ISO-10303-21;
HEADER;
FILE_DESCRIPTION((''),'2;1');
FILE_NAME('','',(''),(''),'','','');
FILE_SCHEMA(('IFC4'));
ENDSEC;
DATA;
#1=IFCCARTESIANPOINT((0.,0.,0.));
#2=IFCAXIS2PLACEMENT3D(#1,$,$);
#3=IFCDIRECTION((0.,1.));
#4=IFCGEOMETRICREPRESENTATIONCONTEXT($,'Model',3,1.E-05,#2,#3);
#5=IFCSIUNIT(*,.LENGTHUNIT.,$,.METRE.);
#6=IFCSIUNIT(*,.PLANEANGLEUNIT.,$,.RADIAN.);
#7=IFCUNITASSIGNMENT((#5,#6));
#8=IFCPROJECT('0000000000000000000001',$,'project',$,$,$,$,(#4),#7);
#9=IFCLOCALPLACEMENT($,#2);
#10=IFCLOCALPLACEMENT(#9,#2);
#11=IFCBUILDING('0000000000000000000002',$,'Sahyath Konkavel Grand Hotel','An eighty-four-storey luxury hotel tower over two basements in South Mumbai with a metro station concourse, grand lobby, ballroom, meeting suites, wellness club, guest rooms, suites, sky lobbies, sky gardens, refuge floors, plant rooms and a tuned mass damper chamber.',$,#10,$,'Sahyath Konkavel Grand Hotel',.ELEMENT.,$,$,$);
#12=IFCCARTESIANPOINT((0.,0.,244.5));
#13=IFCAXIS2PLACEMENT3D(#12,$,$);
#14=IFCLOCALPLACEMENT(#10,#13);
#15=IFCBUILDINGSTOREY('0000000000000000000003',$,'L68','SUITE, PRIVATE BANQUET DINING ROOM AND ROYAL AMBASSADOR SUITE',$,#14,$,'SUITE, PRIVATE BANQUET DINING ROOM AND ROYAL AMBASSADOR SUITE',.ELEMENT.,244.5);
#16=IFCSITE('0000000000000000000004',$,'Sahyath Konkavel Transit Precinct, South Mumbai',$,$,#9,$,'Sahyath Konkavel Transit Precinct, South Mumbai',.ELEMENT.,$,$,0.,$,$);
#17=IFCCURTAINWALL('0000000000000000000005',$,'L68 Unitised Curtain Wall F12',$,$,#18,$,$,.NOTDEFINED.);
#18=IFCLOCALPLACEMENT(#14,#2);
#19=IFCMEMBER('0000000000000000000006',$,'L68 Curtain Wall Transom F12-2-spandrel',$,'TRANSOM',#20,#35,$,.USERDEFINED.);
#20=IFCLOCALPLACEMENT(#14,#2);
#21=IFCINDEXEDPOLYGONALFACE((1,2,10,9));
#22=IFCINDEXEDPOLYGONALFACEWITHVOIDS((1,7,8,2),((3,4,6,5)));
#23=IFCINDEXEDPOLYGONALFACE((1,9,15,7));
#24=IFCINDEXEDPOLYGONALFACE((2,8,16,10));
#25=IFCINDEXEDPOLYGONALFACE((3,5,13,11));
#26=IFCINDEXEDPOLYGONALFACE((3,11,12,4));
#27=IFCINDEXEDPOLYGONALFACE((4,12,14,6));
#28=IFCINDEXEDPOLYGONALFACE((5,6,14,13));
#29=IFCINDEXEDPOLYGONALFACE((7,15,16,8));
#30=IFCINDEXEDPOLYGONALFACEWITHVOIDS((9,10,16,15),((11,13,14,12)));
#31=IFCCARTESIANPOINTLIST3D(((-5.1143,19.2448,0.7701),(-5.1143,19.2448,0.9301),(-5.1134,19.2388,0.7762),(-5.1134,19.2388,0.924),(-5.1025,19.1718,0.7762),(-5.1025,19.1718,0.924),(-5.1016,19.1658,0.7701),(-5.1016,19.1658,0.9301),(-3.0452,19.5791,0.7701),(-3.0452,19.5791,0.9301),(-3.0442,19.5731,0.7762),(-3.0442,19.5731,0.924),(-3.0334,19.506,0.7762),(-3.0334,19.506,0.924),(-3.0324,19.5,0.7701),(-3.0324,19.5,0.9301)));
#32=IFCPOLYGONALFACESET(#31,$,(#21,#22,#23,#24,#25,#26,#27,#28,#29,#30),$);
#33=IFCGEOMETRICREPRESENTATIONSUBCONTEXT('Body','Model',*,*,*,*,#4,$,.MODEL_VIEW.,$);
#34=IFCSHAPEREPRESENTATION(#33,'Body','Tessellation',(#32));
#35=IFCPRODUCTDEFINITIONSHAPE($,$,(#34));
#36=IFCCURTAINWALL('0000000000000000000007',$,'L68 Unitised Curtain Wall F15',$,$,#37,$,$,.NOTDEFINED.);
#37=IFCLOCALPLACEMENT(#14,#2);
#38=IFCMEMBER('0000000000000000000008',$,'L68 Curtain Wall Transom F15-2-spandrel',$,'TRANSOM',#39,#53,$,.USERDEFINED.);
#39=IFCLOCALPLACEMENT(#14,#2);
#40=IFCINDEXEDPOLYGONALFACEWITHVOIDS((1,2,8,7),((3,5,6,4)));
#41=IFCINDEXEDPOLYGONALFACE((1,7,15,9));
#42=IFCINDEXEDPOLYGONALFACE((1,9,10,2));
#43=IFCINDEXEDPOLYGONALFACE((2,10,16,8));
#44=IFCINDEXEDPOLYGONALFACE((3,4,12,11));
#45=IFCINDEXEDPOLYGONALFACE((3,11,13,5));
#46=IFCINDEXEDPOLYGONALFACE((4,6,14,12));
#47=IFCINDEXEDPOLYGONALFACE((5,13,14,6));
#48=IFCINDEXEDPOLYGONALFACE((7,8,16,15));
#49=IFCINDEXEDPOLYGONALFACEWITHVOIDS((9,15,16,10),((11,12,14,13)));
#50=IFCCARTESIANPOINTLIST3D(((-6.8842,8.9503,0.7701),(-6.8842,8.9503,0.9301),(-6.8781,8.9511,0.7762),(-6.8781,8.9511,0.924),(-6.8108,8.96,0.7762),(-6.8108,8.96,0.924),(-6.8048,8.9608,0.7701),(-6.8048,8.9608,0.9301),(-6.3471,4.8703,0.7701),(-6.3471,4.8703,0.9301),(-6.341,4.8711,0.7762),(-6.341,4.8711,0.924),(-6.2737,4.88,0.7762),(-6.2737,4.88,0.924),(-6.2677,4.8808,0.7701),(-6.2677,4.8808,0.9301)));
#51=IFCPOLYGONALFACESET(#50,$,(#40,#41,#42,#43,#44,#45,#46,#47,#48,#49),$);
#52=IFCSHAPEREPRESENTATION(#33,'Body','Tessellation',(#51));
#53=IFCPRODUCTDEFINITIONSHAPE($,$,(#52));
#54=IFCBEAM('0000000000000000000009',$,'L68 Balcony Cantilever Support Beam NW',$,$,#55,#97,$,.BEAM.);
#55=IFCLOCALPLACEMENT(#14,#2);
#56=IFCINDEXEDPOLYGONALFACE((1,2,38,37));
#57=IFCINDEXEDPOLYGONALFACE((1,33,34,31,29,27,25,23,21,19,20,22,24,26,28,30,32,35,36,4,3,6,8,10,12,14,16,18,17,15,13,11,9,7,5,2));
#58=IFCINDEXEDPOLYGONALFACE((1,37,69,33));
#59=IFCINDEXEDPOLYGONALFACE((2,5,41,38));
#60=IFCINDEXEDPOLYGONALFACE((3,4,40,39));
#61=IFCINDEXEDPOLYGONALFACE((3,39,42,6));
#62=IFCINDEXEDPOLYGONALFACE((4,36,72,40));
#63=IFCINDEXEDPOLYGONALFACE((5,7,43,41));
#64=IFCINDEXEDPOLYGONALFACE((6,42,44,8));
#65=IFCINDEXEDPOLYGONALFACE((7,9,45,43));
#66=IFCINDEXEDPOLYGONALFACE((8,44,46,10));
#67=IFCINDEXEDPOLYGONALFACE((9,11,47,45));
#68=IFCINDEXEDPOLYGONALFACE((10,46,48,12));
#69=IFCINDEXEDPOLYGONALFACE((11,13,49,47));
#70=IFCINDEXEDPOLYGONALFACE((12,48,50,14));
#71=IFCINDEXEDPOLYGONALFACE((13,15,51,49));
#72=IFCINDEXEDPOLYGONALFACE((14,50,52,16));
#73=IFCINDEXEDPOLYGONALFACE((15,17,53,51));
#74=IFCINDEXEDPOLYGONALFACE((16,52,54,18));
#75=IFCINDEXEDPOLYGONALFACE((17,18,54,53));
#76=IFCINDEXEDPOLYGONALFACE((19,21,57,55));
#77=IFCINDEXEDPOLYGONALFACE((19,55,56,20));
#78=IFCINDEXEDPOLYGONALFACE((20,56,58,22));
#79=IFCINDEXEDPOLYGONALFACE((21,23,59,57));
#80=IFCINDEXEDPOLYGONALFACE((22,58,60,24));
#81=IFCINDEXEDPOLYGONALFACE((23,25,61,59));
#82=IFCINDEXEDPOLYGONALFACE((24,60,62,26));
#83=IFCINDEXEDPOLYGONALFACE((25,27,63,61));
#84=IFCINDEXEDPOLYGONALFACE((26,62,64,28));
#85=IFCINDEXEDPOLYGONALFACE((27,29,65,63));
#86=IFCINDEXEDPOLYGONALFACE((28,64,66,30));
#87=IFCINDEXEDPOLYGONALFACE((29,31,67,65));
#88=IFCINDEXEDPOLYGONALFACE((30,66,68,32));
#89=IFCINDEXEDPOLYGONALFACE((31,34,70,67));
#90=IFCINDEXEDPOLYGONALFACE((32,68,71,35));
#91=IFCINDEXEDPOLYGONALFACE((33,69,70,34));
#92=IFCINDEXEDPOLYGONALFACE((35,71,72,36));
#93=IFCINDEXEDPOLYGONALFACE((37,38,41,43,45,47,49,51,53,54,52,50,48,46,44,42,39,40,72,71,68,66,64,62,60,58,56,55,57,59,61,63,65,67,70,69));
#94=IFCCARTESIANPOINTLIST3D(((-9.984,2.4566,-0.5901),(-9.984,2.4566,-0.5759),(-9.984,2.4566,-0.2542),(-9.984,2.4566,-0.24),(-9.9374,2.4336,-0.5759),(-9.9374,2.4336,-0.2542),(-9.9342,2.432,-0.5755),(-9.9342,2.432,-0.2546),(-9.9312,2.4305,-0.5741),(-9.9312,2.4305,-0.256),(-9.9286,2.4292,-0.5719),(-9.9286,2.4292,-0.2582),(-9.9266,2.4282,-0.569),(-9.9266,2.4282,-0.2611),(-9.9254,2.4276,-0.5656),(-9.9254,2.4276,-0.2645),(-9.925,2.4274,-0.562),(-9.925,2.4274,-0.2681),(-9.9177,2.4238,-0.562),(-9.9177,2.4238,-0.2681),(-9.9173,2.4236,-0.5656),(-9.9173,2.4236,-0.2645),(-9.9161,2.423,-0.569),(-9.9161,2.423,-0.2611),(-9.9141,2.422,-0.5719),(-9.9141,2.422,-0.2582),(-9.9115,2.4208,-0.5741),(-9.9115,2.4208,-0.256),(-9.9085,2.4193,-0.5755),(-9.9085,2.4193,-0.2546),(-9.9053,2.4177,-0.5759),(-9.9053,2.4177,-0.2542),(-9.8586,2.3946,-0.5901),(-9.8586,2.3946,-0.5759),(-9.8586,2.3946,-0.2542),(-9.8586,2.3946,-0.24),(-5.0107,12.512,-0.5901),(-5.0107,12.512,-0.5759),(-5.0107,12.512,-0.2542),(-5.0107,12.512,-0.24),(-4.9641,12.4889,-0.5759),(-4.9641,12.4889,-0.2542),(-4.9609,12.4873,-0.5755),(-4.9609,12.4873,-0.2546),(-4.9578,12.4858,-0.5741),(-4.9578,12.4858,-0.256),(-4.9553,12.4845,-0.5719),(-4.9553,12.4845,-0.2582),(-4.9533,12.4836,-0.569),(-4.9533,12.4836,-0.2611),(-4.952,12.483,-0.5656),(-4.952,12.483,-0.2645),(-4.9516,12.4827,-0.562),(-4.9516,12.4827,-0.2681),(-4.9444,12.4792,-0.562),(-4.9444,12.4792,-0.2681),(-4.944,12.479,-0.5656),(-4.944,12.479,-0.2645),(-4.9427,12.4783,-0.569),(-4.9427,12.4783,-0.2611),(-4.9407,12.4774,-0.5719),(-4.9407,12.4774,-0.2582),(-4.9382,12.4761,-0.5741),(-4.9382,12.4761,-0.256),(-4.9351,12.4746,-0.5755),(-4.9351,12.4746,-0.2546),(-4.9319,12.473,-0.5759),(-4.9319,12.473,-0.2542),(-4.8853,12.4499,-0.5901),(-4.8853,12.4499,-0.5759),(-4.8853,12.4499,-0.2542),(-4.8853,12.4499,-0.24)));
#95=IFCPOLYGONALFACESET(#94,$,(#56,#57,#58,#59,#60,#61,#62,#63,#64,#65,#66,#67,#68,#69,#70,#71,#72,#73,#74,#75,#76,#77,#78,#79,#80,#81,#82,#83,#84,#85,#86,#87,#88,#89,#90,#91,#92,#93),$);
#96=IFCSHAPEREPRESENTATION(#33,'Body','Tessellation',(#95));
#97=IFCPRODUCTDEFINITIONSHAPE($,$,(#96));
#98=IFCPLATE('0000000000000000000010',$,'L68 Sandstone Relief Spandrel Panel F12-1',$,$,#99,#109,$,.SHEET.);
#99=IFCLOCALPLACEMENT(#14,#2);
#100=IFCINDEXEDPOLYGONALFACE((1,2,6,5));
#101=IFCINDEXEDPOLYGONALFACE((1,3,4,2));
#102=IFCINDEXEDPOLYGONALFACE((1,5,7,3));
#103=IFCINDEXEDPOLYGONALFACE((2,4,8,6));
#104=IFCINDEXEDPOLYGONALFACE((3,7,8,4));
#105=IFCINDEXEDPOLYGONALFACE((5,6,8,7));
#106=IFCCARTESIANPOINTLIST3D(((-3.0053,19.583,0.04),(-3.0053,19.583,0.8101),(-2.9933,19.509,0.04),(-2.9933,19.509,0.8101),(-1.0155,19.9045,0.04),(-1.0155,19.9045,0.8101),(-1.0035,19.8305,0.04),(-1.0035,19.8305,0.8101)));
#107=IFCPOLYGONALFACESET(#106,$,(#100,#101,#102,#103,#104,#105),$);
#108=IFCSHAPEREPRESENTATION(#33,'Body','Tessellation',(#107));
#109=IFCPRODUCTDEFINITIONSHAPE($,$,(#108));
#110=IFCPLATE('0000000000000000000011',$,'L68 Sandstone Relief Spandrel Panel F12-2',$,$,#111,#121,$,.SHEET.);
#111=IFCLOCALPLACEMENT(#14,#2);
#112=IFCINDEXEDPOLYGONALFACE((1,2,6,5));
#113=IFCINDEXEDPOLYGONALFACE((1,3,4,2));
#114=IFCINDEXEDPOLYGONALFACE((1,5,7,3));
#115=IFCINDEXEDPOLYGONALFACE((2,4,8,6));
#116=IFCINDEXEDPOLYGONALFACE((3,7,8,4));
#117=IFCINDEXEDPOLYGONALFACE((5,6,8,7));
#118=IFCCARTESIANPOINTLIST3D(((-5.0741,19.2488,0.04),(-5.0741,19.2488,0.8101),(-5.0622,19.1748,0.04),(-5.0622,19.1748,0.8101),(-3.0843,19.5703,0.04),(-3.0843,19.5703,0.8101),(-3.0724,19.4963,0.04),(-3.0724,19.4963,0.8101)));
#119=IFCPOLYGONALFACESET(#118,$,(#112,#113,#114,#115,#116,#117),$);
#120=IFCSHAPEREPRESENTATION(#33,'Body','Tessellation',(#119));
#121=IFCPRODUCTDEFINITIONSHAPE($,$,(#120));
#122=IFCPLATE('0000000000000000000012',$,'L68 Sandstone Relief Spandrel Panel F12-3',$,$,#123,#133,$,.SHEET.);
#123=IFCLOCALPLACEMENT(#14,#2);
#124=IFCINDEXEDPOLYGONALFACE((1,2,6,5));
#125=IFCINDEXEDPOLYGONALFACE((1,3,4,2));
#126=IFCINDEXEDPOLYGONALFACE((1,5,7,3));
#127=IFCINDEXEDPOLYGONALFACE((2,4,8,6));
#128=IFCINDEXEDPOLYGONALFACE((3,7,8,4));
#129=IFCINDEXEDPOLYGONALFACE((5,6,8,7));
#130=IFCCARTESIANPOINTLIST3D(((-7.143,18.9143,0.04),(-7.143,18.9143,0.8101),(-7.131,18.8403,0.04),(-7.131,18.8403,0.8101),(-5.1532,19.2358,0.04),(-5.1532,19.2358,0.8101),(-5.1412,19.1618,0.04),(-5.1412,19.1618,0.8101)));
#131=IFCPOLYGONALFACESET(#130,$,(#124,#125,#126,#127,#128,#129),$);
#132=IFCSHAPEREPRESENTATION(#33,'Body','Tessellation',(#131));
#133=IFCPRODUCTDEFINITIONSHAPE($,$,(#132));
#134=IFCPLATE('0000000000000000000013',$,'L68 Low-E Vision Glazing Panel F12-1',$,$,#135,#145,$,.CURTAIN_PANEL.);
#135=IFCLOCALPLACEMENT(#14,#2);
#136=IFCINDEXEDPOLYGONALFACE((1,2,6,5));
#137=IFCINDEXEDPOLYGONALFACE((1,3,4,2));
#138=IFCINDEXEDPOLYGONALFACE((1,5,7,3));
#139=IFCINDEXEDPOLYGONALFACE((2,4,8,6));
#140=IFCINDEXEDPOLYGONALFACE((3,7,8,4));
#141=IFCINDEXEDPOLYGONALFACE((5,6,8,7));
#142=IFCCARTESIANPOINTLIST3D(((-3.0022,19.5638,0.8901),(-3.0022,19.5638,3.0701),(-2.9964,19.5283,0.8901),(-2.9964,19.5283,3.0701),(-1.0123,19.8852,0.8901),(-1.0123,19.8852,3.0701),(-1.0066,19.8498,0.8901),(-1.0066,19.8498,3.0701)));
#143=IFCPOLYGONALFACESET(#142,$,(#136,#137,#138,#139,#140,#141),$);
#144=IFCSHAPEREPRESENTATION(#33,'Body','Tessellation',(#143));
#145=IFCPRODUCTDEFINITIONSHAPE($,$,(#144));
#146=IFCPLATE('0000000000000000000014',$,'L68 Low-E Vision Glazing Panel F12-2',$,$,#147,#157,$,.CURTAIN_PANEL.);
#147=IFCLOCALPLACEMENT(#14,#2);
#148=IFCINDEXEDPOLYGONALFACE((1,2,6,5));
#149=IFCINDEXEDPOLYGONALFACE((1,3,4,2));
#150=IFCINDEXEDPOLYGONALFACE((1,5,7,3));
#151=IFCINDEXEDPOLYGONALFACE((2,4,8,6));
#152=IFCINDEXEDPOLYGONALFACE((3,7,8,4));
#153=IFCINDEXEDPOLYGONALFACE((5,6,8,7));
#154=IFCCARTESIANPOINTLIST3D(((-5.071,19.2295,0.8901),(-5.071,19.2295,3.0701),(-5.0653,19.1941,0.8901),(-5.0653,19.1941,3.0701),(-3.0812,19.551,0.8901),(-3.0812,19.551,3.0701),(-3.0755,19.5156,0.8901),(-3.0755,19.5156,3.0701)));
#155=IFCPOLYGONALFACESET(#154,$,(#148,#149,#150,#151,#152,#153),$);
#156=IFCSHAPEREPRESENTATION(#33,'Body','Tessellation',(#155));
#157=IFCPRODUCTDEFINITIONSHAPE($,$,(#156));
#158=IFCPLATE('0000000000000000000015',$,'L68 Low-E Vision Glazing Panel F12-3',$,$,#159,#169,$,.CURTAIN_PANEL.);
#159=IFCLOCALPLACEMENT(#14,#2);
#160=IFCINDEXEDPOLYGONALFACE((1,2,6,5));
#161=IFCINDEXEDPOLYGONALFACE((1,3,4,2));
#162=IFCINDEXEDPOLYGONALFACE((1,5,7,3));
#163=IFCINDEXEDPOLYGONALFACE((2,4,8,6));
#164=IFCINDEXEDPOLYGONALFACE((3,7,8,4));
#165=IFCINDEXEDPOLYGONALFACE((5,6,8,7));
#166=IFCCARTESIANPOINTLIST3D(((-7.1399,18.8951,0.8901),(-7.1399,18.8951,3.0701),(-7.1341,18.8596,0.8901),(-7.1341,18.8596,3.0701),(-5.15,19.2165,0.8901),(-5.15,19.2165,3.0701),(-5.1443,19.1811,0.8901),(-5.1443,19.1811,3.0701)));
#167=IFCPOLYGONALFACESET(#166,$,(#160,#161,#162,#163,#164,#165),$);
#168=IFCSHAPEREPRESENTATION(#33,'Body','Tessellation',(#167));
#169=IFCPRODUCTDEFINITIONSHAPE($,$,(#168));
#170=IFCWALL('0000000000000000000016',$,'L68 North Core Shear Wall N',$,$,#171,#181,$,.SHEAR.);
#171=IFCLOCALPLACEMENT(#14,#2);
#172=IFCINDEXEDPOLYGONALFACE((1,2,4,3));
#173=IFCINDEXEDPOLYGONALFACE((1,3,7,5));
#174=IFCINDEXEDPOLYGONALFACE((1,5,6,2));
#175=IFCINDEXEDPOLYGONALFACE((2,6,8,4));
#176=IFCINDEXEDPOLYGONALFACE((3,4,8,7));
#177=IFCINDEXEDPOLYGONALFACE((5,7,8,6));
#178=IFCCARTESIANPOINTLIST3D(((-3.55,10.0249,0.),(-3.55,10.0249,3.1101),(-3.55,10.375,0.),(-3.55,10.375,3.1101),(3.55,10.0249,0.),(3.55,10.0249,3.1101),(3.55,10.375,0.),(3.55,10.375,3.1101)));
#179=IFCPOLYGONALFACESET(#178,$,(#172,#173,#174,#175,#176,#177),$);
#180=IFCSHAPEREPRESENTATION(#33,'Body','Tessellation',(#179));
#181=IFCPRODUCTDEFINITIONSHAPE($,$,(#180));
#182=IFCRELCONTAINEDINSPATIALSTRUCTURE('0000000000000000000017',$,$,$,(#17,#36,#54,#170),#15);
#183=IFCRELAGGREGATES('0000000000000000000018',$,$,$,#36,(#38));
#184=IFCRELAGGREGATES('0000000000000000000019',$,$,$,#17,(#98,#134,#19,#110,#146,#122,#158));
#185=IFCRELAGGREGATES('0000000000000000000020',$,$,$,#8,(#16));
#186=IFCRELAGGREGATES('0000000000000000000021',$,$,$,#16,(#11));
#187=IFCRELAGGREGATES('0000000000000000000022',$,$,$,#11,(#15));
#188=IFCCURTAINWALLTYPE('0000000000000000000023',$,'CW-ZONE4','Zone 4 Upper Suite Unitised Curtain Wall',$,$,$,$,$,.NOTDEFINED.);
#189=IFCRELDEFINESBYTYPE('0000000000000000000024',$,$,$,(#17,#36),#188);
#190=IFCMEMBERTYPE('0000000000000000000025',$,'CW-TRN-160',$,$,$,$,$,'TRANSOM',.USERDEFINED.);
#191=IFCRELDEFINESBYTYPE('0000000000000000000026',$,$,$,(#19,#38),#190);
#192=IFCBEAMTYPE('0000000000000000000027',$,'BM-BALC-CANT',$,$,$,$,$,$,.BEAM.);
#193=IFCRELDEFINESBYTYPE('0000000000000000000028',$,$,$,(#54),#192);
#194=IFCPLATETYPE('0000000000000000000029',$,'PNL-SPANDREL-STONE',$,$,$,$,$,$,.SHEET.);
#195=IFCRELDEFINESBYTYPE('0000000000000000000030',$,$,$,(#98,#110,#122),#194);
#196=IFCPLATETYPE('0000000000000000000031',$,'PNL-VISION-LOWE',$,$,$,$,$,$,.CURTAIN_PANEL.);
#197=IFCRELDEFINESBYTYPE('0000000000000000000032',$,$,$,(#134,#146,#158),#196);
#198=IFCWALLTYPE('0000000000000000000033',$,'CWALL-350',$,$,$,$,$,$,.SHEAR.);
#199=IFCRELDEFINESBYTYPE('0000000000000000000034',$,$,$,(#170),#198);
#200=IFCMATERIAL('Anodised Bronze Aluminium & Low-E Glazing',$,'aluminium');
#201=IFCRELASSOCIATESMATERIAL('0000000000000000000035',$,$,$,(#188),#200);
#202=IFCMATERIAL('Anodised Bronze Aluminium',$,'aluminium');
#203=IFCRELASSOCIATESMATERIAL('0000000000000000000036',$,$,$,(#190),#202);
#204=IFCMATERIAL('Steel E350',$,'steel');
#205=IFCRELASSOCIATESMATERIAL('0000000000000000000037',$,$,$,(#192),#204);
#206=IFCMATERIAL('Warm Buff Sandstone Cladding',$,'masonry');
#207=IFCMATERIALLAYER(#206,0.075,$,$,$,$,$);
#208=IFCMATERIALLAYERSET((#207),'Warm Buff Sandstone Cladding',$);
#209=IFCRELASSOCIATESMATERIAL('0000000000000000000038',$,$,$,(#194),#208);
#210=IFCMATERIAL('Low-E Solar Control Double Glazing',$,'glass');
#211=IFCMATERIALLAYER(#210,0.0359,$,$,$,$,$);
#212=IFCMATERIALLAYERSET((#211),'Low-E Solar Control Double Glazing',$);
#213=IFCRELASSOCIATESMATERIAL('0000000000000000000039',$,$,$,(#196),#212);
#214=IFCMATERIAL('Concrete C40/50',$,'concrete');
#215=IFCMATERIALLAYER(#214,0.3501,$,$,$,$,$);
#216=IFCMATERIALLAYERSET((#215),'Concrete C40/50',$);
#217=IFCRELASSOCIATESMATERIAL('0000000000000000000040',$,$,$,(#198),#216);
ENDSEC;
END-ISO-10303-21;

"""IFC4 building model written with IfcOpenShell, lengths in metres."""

from ifc_helpers import new_model, si_unit, direction, frame, frame_2d, origin, origin_2d, place, context, subcontext, project, spatial, rectangle, hollow_rectangle, i_section, extrude, source, transform, mapped, material, layer, layer_set, material_profile, profile_set, type_object, element, aggregate, save


model = new_model("IFC4")

# Units and contexts
model_context = context("Model", 3, precision=1e-05, world=origin(), true_north=direction((0.0, 1.0)))
body_context = subcontext(model_context, "Body", "Model", "MODEL_VIEW")
ifc_project = project(units=[si_unit("LENGTHUNIT", "METRE"), si_unit("PLANEANGLEUNIT", "RADIAN")], contexts=[model_context])

# Site, building, storey
site_placement = place(None, origin())
site = spatial("IfcSite", under=ifc_project, at=site_placement, Name="Sahyath Konkavel Transit Precinct, South Mumbai", LongName="Sahyath Konkavel Transit Precinct, South Mumbai", CompositionType="ELEMENT", RefElevation=0.0)
building_placement = place(site_placement, origin())
building = spatial("IfcBuilding", under=site, at=building_placement, Name="Sahyath Konkavel Grand Hotel", Description="An eighty-four-storey luxury hotel tower over two basements in South Mumbai with a metro station concourse, grand lobby, ballroom, meeting suites, wellness club, guest rooms, suites, sky lobbies, sky gardens, refuge floors, plant rooms and a tuned mass damper chamber.", LongName="Sahyath Konkavel Grand Hotel", CompositionType="ELEMENT")
storey_placement = place(building_placement, frame((0.0, 0.0, 244.5)))
storey = spatial("IfcBuildingStorey", under=building, at=storey_placement, Name="L68", Description="SUITE, PRIVATE BANQUET DINING ROOM AND ROYAL AMBASSADOR SUITE", LongName="SUITE, PRIVATE BANQUET DINING ROOM AND ROYAL AMBASSADOR SUITE", CompositionType="ELEMENT", Elevation=244.5)

# Shared definitions
ifc_material_1 = material(Name="Steel E350", Category="steel")

# Curtain wall, member
ifc_material_2 = material(Name="Anodised Bronze Aluminium & Low-E Glazing", Category="aluminium")
curtain_wall_type = type_object("IfcCurtainWallType", Name="CW-ZONE4", Description="Zone 4 Upper Suite Unitised Curtain Wall", PredefinedType="NOTDEFINED", material=ifc_material_2)
curtain_wall_1_placement = place(storey_placement, origin())
curtain_wall_1 = element("IfcCurtainWall", 1, at=curtain_wall_1_placement, inside=storey, type_object=curtain_wall_type, Name="L68 Unitised Curtain Wall F12", PredefinedType="NOTDEFINED")
ifc_material_3 = material(Name="Anodised Bronze Aluminium", Category="aluminium")
ifc_material_profile_1 = material_profile(ifc_material_3, hollow_rectangle(XDim=0.0801, YDim=0.1599, WallThickness=0.0061, at=origin_2d()), Name="RHS 160x80x6")
ifc_profile_set_1 = profile_set([ifc_material_profile_1], Name="Anodised Bronze Aluminium")
member_type_1 = type_object("IfcMemberType", Name="CW-TRN-160", ElementType="TRANSOM", PredefinedType="USERDEFINED", material=ifc_profile_set_1)
shared_shape_1 = source(origin(), body_context, "Body", "SweptSolid", [
    extrude(hollow_rectangle(XDim=0.0801, YDim=0.1599, WallThickness=0.0061, at=origin_2d()), origin(), (0.0, 0.0, 1.0), 2.0959),
])
member_1_placement = place(storey_placement, frame((-3.0388, 19.5396, 0.8501), z_axis=(-0.987203, -0.159467, 0.0), x_axis=(0.159467, -0.987203, 0.0)))
member_1 = element("IfcMember", 2, at=member_1_placement, type_object=member_type_1, Name="L68 Curtain Wall Transom F12-2-spandrel", ObjectType="TRANSOM", PredefinedType="USERDEFINED", context=body_context, shape_type="MappedRepresentation", body=[
    mapped(shared_shape_1, transform((0.0, 0.0, 0.0), scale=1.0)),
])

# Curtain wall, member
curtain_wall_2_placement = place(storey_placement, origin())
curtain_wall_2 = element("IfcCurtainWall", 3, at=curtain_wall_2_placement, inside=storey, type_object=curtain_wall_type, Name="L68 Unitised Curtain Wall F15", PredefinedType="NOTDEFINED")
shared_shape_2 = source(origin(), body_context, "Body", "SweptSolid", [
    extrude(hollow_rectangle(XDim=0.0801, YDim=0.1599, WallThickness=0.0061, at=origin_2d()), origin(), (0.0, 0.0, 1.0), 4.1152),
])
member_2_placement = place(storey_placement, frame((-6.8445, 8.9556, 0.8501), z_axis=(0.130516, -0.991446, 0.0), x_axis=(0.991446, 0.130516, 0.0)))
member_2 = element("IfcMember", 4, at=member_2_placement, type_object=member_type_1, Name="L68 Curtain Wall Transom F15-2-spandrel", ObjectType="TRANSOM", PredefinedType="USERDEFINED", context=body_context, shape_type="MappedRepresentation", body=[
    mapped(shared_shape_2, transform((0.0, 0.0, 0.0), scale=1.0)),
])
aggregate(curtain_wall_2, [member_2])

# Beam
ifc_material_profile_2 = material_profile(ifc_material_1, i_section(OverallWidth=0.1399, OverallDepth=0.3501, WebThickness=0.0081, FlangeThickness=0.0142, FilletRadius=0.0139, at=origin_2d()), Name="ISMB 350")
ifc_profile_set_2 = profile_set([ifc_material_profile_2], Name="Steel E350")
beam_type_1 = type_object("IfcBeamType", Name="BM-BALC-CANT", PredefinedType="BEAM", material=ifc_profile_set_2)
shared_shape_3 = source(origin(), body_context, "Body", "SweptSolid", [
    extrude(i_section(OverallWidth=0.1399, OverallDepth=0.3501, WebThickness=0.0081, FlangeThickness=0.0142, FilletRadius=0.0139, at=origin_2d()), origin(), (0.0, 0.0, 1.0), 11.218),
])
beam_1_placement = place(storey_placement, frame((-4.948, 12.481, -0.415), z_axis=(-0.443336, -0.896356, 0.0), x_axis=(0.896356, -0.443336, 0.0)))
element("IfcBeam", 5, at=beam_1_placement, inside=storey, type_object=beam_type_1, Name="L68 Balcony Cantilever Support Beam NW", PredefinedType="BEAM", context=body_context, shape_type="MappedRepresentation", body=[
    mapped(shared_shape_3, transform((0.0, 0.0, 0.0), scale=1.0)),
])

# Plates
ifc_material_4 = material(Name="Warm Buff Sandstone Cladding", Category="masonry")
ifc_layer_1 = layer(ifc_material_4, 0.075)
ifc_layer_set_1 = layer_set([ifc_layer_1], Name="Warm Buff Sandstone Cladding")
plate_type_1 = type_object("IfcPlateType", Name="PNL-SPANDREL-STONE", PredefinedType="SHEET", material=ifc_layer_set_1)
shared_shape_4 = source(origin(), body_context, "Body", "SweptSolid", [
    extrude(rectangle(XDim=2.0156, YDim=0.075, at=origin_2d()), origin(), (0.0, 0.0, 1.0), 0.77),
])
plate_1_placement = place(storey_placement, frame((-2.0044, 19.7068, 0.04), z_axis=(0.0, 0.0, 1.0), x_axis=(-0.987198, -0.159502, 0.0)))
plate_1 = element("IfcPlate", 6, at=plate_1_placement, type_object=plate_type_1, Name="L68 Sandstone Relief Spandrel Panel F12-1", PredefinedType="SHEET", context=body_context, shape_type="MappedRepresentation", body=[
    mapped(shared_shape_4, transform((0.0, 0.0, 0.0), scale=1.0)),
])
plate_2_placement = place(storey_placement, frame((-4.0732, 19.3726, 0.04), z_axis=(0.0, 0.0, 1.0), x_axis=(-0.987198, -0.159502, 0.0)))
plate_2 = element("IfcPlate", 7, at=plate_2_placement, type_object=plate_type_1, Name="L68 Sandstone Relief Spandrel Panel F12-2", PredefinedType="SHEET", context=body_context, shape_type="MappedRepresentation", body=[
    mapped(shared_shape_4, transform((0.0, 0.0, 0.0), scale=1.0)),
])
plate_3_placement = place(storey_placement, frame((-6.1421, 19.0381, 0.04), z_axis=(0.0, 0.0, 1.0), x_axis=(-0.987198, -0.159502, 0.0)))
plate_3 = element("IfcPlate", 8, at=plate_3_placement, type_object=plate_type_1, Name="L68 Sandstone Relief Spandrel Panel F12-3", PredefinedType="SHEET", context=body_context, shape_type="MappedRepresentation", body=[
    mapped(shared_shape_4, transform((0.0, 0.0, 0.0), scale=1.0)),
])
ifc_material_5 = material(Name="Low-E Solar Control Double Glazing", Category="glass")
ifc_layer_2 = layer(ifc_material_5, 0.0359)
ifc_layer_set_2 = layer_set([ifc_layer_2], Name="Low-E Solar Control Double Glazing")
plate_type_2 = type_object("IfcPlateType", Name="PNL-VISION-LOWE", PredefinedType="CURTAIN_PANEL", material=ifc_layer_set_2)
shared_shape_5 = source(origin(), body_context, "Body", "SweptSolid", [
    extrude(rectangle(XDim=2.0156, YDim=0.0359, at=origin_2d()), origin(), (0.0, 0.0, 1.0), 2.1799),
])
plate_4_placement = place(storey_placement, frame((-2.0044, 19.7068, 0.8901), z_axis=(0.0, 0.0, 1.0), x_axis=(-0.987198, -0.159502, 0.0)))
plate_4 = element("IfcPlate", 9, at=plate_4_placement, type_object=plate_type_2, Name="L68 Low-E Vision Glazing Panel F12-1", PredefinedType="CURTAIN_PANEL", context=body_context, shape_type="MappedRepresentation", body=[
    mapped(shared_shape_5, transform((0.0, 0.0, 0.0), scale=1.0)),
])
plate_5_placement = place(storey_placement, frame((-4.0732, 19.3726, 0.8901), z_axis=(0.0, 0.0, 1.0), x_axis=(-0.987198, -0.159502, 0.0)))
plate_5 = element("IfcPlate", 10, at=plate_5_placement, type_object=plate_type_2, Name="L68 Low-E Vision Glazing Panel F12-2", PredefinedType="CURTAIN_PANEL", context=body_context, shape_type="MappedRepresentation", body=[
    mapped(shared_shape_5, transform((0.0, 0.0, 0.0), scale=1.0)),
])
plate_6_placement = place(storey_placement, frame((-6.1421, 19.0381, 0.8901), z_axis=(0.0, 0.0, 1.0), x_axis=(-0.987198, -0.159502, 0.0)))
plate_6 = element("IfcPlate", 11, at=plate_6_placement, type_object=plate_type_2, Name="L68 Low-E Vision Glazing Panel F12-3", PredefinedType="CURTAIN_PANEL", context=body_context, shape_type="MappedRepresentation", body=[
    mapped(shared_shape_5, transform((0.0, 0.0, 0.0), scale=1.0)),
])
aggregate(curtain_wall_1, [plate_1, plate_4, member_1, plate_2, plate_5, plate_3, plate_6])

# Wall
ifc_material_6 = material(Name="Concrete C40/50", Category="concrete")
ifc_layer_3 = layer(ifc_material_6, 0.3501)
ifc_layer_set_3 = layer_set([ifc_layer_3], Name="Concrete C40/50")
wall_type_1 = type_object("IfcWallType", Name="CWALL-350", PredefinedType="SHEAR", material=ifc_layer_set_3)
wall_1_placement = place(storey_placement, frame((-3.55, 10.2, 0.0), z_axis=(0.0, 0.0, 1.0), x_axis=(1.0, 0.0, 0.0)))
element("IfcWall", 12, at=wall_1_placement, inside=storey, type_object=wall_type_1, Name="L68 North Core Shear Wall N", PredefinedType="SHEAR", context=body_context, shape_type="SweptSolid", body=[
    extrude(rectangle(XDim=7.1001, YDim=0.3501, at=frame_2d((3.55, 0.0))), origin(), (0.0, 0.0, 1.0), 3.1101),
])

save(model, "model.ifc")
